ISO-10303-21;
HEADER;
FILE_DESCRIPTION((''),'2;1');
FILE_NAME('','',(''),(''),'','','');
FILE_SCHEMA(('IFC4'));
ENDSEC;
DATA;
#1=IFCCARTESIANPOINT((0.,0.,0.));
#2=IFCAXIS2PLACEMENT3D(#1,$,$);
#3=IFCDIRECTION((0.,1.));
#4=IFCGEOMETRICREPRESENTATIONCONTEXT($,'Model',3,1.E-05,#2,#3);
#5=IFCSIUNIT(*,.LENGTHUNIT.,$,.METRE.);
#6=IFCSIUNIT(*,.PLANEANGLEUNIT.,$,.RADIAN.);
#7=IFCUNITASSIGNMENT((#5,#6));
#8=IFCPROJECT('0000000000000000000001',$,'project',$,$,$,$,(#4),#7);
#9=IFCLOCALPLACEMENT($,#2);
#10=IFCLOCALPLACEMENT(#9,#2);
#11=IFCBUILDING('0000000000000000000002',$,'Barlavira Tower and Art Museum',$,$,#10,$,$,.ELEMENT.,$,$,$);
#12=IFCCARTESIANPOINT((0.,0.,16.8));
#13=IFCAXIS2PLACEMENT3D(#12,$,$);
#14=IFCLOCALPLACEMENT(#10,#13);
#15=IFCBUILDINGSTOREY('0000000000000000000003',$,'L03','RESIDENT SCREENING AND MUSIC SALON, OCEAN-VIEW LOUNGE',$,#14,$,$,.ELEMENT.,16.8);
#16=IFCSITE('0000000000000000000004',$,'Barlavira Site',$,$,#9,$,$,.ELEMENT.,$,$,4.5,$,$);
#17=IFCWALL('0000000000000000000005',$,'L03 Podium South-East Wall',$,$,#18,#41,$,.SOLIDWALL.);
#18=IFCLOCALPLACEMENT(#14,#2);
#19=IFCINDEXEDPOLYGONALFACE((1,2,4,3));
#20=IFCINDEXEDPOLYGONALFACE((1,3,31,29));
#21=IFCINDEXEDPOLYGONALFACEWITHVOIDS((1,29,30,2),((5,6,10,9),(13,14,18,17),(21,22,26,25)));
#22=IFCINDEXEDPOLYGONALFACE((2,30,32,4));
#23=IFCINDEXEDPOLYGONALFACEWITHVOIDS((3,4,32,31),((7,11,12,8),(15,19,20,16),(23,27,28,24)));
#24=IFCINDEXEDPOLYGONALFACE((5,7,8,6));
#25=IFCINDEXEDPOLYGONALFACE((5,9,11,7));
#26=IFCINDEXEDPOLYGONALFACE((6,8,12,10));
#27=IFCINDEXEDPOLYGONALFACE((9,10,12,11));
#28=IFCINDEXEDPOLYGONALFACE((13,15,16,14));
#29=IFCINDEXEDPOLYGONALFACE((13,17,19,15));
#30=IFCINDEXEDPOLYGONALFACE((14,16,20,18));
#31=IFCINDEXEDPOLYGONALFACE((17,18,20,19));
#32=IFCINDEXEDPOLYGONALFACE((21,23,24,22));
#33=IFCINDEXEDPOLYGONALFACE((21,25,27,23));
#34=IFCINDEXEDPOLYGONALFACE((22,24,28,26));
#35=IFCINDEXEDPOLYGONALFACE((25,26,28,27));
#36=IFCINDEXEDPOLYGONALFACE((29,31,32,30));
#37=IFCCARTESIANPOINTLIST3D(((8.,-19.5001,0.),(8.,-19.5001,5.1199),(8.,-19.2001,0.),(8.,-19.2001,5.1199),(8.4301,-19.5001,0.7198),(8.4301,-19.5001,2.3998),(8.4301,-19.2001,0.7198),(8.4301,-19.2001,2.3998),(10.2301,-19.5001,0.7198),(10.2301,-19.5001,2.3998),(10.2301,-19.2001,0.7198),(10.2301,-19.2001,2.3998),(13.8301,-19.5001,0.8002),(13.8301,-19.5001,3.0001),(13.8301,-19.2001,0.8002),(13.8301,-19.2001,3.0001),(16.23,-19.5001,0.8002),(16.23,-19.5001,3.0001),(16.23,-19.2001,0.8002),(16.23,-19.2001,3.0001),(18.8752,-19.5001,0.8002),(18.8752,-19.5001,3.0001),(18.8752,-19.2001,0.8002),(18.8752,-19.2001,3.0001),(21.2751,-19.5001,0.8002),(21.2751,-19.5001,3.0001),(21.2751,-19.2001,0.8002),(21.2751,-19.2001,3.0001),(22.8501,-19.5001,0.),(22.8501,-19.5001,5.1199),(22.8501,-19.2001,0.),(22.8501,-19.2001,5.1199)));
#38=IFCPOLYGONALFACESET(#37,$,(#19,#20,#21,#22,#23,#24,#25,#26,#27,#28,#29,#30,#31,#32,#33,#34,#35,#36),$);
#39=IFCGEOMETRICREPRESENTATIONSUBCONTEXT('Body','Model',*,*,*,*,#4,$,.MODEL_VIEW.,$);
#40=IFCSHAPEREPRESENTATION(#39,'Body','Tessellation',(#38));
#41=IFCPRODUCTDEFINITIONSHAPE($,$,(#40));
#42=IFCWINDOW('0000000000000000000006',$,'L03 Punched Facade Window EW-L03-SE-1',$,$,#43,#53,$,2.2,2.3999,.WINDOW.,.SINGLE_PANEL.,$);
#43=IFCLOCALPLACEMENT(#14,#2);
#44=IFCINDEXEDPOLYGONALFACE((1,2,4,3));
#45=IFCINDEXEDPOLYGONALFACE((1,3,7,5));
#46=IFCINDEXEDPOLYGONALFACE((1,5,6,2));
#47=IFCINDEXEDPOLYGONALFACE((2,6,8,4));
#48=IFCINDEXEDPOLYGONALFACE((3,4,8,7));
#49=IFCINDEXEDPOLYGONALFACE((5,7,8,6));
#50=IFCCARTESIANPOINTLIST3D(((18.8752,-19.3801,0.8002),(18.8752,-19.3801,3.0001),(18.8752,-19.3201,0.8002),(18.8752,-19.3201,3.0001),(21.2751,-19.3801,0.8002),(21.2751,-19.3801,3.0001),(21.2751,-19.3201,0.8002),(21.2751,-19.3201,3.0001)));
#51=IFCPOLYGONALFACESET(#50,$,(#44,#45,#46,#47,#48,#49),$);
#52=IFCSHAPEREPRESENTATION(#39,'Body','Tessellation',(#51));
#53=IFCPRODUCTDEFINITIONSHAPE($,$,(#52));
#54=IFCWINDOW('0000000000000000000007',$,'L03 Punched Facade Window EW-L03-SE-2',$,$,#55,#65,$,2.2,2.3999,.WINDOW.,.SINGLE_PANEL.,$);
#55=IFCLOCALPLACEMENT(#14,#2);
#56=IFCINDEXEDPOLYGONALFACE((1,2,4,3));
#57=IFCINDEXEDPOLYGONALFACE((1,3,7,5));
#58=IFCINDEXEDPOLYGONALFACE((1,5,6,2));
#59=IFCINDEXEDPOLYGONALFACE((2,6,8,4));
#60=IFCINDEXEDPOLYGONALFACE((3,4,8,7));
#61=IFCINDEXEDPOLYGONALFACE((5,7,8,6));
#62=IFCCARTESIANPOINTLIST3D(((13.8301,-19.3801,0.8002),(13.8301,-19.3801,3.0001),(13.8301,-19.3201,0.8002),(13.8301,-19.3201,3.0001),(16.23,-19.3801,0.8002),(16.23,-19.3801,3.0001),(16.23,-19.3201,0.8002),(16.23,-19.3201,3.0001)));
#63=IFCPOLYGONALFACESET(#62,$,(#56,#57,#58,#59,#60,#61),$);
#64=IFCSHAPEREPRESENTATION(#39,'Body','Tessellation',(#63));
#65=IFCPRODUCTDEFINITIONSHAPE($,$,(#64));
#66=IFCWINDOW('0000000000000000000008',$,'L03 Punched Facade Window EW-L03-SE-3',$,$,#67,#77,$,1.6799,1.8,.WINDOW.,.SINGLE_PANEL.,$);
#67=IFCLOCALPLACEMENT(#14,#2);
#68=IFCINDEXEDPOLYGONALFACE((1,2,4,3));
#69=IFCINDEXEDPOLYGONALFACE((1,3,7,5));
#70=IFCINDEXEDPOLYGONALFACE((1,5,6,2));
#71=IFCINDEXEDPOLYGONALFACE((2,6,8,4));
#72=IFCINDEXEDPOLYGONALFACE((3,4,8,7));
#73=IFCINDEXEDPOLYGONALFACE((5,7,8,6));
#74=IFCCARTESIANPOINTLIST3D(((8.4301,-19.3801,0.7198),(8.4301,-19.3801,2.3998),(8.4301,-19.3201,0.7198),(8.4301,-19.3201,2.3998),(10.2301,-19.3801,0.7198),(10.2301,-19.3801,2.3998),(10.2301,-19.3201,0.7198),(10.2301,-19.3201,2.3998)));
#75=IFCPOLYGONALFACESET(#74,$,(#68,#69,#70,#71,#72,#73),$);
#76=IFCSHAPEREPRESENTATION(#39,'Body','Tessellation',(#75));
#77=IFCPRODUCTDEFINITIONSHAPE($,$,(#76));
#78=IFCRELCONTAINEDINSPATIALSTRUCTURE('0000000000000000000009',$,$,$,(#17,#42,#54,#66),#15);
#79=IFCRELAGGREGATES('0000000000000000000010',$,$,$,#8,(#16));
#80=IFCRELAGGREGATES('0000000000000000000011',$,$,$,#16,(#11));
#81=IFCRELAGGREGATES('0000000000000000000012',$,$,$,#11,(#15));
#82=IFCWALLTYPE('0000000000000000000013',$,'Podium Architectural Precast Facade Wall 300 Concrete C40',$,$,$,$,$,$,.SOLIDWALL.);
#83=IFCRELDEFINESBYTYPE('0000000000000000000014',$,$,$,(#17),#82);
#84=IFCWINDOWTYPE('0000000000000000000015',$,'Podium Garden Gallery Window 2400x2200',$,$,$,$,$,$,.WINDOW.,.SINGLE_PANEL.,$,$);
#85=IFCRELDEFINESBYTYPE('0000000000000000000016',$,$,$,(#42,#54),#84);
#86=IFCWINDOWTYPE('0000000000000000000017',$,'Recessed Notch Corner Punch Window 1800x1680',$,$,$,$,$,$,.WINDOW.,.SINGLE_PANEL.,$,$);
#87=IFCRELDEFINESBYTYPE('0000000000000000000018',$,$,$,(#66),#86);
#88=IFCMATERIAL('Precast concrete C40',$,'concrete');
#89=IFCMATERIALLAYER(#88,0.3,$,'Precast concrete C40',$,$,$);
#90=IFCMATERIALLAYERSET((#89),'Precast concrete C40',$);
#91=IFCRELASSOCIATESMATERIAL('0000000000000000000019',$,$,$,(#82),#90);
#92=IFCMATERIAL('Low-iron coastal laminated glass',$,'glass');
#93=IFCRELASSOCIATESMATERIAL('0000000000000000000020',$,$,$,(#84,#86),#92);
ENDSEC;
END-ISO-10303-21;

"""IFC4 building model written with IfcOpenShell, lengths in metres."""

from ifc_helpers import new_model, si_unit, direction, frame, frame_2d, origin, place, context, subcontext, project, spatial, rectangle, extrude, material, layer, layer_set, type_object, element, fill, save


model = new_model("IFC4")

# Units and contexts
model_context = context("Model", 3, precision=1e-05, world=origin(), true_north=direction((0.0, 1.0)))
body_context = subcontext(model_context, "Body", "Model", "MODEL_VIEW")
ifc_project = project(units=[si_unit("LENGTHUNIT", "METRE"), si_unit("PLANEANGLEUNIT", "RADIAN")], contexts=[model_context])

# Site, building, storey
site_placement = place(None, origin())
site = spatial("IfcSite", under=ifc_project, at=site_placement, Name="Barlavira Site", CompositionType="ELEMENT", RefElevation=4.5)
building_placement = place(site_placement, origin())
building = spatial("IfcBuilding", under=site, at=building_placement, Name="Barlavira Tower and Art Museum", CompositionType="ELEMENT")
storey_placement = place(building_placement, frame((0.0, 0.0, 16.8)))
storey = spatial("IfcBuildingStorey", under=building, at=storey_placement, Name="L03", Description="RESIDENT SCREENING AND MUSIC SALON, OCEAN-VIEW LOUNGE", CompositionType="ELEMENT", Elevation=16.8)

# Wall, openings, windows
ifc_material_1 = material(Name="Precast concrete C40", Category="concrete")
ifc_layer_1 = layer(ifc_material_1, 0.3, Name="Precast concrete C40")
ifc_layer_set_1 = layer_set([ifc_layer_1], Name="Precast concrete C40")
wall_type_1 = type_object("IfcWallType", Name="Podium Architectural Precast Facade Wall 300 Concrete C40", PredefinedType="SOLIDWALL", material=ifc_layer_set_1)
ifc_material_2 = material(Name="Low-iron coastal laminated glass", Category="glass")
window_type_1 = type_object("IfcWindowType", Name="Podium Garden Gallery Window 2400x2200", PartitioningType="SINGLE_PANEL", PredefinedType="WINDOW", material=ifc_material_2)
wall_1_placement = place(storey_placement, frame((22.8501, -19.3501, 0.0), z_axis=(0.0, 0.0, 1.0), x_axis=(-1.0, 0.0, 0.0)))
wall_1 = element("IfcWall", 1, at=wall_1_placement, inside=storey, type_object=wall_type_1, Name="L03 Podium South-East Wall", PredefinedType="SOLIDWALL", context=body_context, shape_type="SweptSolid", body=[
    extrude(rectangle(XDim=14.8501, YDim=0.3, at=frame_2d((7.425, 0.0))), origin(), (0.0, 0.0, 1.0), 5.1199),
])
opening_1_placement = place(wall_1_placement, frame((1.575, 0.0, 0.8)))
opening_1 = element("IfcOpeningElement", 2, at=opening_1_placement, cuts=wall_1, PredefinedType="OPENING", context=body_context, shape_type="SweptSolid", body=[
    extrude(rectangle(XDim=2.3999, YDim=2.2, at=frame_2d((1.2, 1.1001))), frame((0.0, 0.1602, 0.0), z_axis=(0.0, -1.0, 0.0), x_axis=(1.0, 0.0, 0.0)), (0.0, 0.0, 1.0), 0.3201),
])
opening_2_placement = place(wall_1_placement, frame((6.6201, 0.0, 0.8)))
opening_2 = element("IfcOpeningElement", 3, at=opening_2_placement, cuts=wall_1, PredefinedType="OPENING", context=body_context, shape_type="SweptSolid", body=[
    extrude(rectangle(XDim=2.3999, YDim=2.2, at=frame_2d((1.2, 1.1001))), frame((0.0, 0.1602, 0.0), z_axis=(0.0, -1.0, 0.0), x_axis=(1.0, 0.0, 0.0)), (0.0, 0.0, 1.0), 0.3201),
])
opening_3_placement = place(wall_1_placement, frame((12.6201, 0.0, 0.72)))
opening_3 = element("IfcOpeningElement", 4, at=opening_3_placement, cuts=wall_1, PredefinedType="OPENING", context=body_context, shape_type="SweptSolid", body=[
    extrude(rectangle(XDim=1.8, YDim=1.6799, at=frame_2d((0.8999, 0.8398))), frame((0.0, 0.1602, 0.0), z_axis=(0.0, -1.0, 0.0), x_axis=(1.0, 0.0, 0.0)), (0.0, 0.0, 1.0), 0.3201),
])
window_1_placement = place(opening_1_placement, origin())
window_1 = element("IfcWindow", 5, at=window_1_placement, inside=storey, type_object=window_type_1, Name="L03 Punched Facade Window EW-L03-SE-1", OverallHeight=2.2, OverallWidth=2.3999, PartitioningType="SINGLE_PANEL", PredefinedType="WINDOW", context=body_context, shape_type="SweptSolid", body=[
    extrude(rectangle(XDim=2.3999, YDim=2.2, at=frame_2d((1.2, 1.1001))), frame((0.0, 0.03, 0.0), z_axis=(0.0, -1.0, 0.0), x_axis=(1.0, 0.0, 0.0)), (0.0, 0.0, 1.0), 0.0601),
])
fill(opening_1, window_1)
window_2_placement = place(opening_2_placement, origin())
window_2 = element("IfcWindow", 6, at=window_2_placement, inside=storey, type_object=window_type_1, Name="L03 Punched Facade Window EW-L03-SE-2", OverallHeight=2.2, OverallWidth=2.3999, PartitioningType="SINGLE_PANEL", PredefinedType="WINDOW", context=body_context, shape_type="SweptSolid", body=[
    extrude(rectangle(XDim=2.3999, YDim=2.2, at=frame_2d((1.2, 1.1001))), frame((0.0, 0.03, 0.0), z_axis=(0.0, -1.0, 0.0), x_axis=(1.0, 0.0, 0.0)), (0.0, 0.0, 1.0), 0.0601),
])
fill(opening_2, window_2)
window_type_2 = type_object("IfcWindowType", Name="Recessed Notch Corner Punch Window 1800x1680", PartitioningType="SINGLE_PANEL", PredefinedType="WINDOW", material=ifc_material_2)
window_3_placement = place(opening_3_placement, origin())
window_3 = element("IfcWindow", 7, at=window_3_placement, inside=storey, type_object=window_type_2, Name="L03 Punched Facade Window EW-L03-SE-3", OverallHeight=1.6799, OverallWidth=1.8, PartitioningType="SINGLE_PANEL", PredefinedType="WINDOW", context=body_context, shape_type="SweptSolid", body=[
    extrude(rectangle(XDim=1.8, YDim=1.6799, at=frame_2d((0.8999, 0.8398))), frame((0.0, 0.03, 0.0), z_axis=(0.0, -1.0, 0.0), x_axis=(1.0, 0.0, 0.0)), (0.0, 0.0, 1.0), 0.0601),
])
fill(opening_3, window_3)

save(model, "model.ifc")
